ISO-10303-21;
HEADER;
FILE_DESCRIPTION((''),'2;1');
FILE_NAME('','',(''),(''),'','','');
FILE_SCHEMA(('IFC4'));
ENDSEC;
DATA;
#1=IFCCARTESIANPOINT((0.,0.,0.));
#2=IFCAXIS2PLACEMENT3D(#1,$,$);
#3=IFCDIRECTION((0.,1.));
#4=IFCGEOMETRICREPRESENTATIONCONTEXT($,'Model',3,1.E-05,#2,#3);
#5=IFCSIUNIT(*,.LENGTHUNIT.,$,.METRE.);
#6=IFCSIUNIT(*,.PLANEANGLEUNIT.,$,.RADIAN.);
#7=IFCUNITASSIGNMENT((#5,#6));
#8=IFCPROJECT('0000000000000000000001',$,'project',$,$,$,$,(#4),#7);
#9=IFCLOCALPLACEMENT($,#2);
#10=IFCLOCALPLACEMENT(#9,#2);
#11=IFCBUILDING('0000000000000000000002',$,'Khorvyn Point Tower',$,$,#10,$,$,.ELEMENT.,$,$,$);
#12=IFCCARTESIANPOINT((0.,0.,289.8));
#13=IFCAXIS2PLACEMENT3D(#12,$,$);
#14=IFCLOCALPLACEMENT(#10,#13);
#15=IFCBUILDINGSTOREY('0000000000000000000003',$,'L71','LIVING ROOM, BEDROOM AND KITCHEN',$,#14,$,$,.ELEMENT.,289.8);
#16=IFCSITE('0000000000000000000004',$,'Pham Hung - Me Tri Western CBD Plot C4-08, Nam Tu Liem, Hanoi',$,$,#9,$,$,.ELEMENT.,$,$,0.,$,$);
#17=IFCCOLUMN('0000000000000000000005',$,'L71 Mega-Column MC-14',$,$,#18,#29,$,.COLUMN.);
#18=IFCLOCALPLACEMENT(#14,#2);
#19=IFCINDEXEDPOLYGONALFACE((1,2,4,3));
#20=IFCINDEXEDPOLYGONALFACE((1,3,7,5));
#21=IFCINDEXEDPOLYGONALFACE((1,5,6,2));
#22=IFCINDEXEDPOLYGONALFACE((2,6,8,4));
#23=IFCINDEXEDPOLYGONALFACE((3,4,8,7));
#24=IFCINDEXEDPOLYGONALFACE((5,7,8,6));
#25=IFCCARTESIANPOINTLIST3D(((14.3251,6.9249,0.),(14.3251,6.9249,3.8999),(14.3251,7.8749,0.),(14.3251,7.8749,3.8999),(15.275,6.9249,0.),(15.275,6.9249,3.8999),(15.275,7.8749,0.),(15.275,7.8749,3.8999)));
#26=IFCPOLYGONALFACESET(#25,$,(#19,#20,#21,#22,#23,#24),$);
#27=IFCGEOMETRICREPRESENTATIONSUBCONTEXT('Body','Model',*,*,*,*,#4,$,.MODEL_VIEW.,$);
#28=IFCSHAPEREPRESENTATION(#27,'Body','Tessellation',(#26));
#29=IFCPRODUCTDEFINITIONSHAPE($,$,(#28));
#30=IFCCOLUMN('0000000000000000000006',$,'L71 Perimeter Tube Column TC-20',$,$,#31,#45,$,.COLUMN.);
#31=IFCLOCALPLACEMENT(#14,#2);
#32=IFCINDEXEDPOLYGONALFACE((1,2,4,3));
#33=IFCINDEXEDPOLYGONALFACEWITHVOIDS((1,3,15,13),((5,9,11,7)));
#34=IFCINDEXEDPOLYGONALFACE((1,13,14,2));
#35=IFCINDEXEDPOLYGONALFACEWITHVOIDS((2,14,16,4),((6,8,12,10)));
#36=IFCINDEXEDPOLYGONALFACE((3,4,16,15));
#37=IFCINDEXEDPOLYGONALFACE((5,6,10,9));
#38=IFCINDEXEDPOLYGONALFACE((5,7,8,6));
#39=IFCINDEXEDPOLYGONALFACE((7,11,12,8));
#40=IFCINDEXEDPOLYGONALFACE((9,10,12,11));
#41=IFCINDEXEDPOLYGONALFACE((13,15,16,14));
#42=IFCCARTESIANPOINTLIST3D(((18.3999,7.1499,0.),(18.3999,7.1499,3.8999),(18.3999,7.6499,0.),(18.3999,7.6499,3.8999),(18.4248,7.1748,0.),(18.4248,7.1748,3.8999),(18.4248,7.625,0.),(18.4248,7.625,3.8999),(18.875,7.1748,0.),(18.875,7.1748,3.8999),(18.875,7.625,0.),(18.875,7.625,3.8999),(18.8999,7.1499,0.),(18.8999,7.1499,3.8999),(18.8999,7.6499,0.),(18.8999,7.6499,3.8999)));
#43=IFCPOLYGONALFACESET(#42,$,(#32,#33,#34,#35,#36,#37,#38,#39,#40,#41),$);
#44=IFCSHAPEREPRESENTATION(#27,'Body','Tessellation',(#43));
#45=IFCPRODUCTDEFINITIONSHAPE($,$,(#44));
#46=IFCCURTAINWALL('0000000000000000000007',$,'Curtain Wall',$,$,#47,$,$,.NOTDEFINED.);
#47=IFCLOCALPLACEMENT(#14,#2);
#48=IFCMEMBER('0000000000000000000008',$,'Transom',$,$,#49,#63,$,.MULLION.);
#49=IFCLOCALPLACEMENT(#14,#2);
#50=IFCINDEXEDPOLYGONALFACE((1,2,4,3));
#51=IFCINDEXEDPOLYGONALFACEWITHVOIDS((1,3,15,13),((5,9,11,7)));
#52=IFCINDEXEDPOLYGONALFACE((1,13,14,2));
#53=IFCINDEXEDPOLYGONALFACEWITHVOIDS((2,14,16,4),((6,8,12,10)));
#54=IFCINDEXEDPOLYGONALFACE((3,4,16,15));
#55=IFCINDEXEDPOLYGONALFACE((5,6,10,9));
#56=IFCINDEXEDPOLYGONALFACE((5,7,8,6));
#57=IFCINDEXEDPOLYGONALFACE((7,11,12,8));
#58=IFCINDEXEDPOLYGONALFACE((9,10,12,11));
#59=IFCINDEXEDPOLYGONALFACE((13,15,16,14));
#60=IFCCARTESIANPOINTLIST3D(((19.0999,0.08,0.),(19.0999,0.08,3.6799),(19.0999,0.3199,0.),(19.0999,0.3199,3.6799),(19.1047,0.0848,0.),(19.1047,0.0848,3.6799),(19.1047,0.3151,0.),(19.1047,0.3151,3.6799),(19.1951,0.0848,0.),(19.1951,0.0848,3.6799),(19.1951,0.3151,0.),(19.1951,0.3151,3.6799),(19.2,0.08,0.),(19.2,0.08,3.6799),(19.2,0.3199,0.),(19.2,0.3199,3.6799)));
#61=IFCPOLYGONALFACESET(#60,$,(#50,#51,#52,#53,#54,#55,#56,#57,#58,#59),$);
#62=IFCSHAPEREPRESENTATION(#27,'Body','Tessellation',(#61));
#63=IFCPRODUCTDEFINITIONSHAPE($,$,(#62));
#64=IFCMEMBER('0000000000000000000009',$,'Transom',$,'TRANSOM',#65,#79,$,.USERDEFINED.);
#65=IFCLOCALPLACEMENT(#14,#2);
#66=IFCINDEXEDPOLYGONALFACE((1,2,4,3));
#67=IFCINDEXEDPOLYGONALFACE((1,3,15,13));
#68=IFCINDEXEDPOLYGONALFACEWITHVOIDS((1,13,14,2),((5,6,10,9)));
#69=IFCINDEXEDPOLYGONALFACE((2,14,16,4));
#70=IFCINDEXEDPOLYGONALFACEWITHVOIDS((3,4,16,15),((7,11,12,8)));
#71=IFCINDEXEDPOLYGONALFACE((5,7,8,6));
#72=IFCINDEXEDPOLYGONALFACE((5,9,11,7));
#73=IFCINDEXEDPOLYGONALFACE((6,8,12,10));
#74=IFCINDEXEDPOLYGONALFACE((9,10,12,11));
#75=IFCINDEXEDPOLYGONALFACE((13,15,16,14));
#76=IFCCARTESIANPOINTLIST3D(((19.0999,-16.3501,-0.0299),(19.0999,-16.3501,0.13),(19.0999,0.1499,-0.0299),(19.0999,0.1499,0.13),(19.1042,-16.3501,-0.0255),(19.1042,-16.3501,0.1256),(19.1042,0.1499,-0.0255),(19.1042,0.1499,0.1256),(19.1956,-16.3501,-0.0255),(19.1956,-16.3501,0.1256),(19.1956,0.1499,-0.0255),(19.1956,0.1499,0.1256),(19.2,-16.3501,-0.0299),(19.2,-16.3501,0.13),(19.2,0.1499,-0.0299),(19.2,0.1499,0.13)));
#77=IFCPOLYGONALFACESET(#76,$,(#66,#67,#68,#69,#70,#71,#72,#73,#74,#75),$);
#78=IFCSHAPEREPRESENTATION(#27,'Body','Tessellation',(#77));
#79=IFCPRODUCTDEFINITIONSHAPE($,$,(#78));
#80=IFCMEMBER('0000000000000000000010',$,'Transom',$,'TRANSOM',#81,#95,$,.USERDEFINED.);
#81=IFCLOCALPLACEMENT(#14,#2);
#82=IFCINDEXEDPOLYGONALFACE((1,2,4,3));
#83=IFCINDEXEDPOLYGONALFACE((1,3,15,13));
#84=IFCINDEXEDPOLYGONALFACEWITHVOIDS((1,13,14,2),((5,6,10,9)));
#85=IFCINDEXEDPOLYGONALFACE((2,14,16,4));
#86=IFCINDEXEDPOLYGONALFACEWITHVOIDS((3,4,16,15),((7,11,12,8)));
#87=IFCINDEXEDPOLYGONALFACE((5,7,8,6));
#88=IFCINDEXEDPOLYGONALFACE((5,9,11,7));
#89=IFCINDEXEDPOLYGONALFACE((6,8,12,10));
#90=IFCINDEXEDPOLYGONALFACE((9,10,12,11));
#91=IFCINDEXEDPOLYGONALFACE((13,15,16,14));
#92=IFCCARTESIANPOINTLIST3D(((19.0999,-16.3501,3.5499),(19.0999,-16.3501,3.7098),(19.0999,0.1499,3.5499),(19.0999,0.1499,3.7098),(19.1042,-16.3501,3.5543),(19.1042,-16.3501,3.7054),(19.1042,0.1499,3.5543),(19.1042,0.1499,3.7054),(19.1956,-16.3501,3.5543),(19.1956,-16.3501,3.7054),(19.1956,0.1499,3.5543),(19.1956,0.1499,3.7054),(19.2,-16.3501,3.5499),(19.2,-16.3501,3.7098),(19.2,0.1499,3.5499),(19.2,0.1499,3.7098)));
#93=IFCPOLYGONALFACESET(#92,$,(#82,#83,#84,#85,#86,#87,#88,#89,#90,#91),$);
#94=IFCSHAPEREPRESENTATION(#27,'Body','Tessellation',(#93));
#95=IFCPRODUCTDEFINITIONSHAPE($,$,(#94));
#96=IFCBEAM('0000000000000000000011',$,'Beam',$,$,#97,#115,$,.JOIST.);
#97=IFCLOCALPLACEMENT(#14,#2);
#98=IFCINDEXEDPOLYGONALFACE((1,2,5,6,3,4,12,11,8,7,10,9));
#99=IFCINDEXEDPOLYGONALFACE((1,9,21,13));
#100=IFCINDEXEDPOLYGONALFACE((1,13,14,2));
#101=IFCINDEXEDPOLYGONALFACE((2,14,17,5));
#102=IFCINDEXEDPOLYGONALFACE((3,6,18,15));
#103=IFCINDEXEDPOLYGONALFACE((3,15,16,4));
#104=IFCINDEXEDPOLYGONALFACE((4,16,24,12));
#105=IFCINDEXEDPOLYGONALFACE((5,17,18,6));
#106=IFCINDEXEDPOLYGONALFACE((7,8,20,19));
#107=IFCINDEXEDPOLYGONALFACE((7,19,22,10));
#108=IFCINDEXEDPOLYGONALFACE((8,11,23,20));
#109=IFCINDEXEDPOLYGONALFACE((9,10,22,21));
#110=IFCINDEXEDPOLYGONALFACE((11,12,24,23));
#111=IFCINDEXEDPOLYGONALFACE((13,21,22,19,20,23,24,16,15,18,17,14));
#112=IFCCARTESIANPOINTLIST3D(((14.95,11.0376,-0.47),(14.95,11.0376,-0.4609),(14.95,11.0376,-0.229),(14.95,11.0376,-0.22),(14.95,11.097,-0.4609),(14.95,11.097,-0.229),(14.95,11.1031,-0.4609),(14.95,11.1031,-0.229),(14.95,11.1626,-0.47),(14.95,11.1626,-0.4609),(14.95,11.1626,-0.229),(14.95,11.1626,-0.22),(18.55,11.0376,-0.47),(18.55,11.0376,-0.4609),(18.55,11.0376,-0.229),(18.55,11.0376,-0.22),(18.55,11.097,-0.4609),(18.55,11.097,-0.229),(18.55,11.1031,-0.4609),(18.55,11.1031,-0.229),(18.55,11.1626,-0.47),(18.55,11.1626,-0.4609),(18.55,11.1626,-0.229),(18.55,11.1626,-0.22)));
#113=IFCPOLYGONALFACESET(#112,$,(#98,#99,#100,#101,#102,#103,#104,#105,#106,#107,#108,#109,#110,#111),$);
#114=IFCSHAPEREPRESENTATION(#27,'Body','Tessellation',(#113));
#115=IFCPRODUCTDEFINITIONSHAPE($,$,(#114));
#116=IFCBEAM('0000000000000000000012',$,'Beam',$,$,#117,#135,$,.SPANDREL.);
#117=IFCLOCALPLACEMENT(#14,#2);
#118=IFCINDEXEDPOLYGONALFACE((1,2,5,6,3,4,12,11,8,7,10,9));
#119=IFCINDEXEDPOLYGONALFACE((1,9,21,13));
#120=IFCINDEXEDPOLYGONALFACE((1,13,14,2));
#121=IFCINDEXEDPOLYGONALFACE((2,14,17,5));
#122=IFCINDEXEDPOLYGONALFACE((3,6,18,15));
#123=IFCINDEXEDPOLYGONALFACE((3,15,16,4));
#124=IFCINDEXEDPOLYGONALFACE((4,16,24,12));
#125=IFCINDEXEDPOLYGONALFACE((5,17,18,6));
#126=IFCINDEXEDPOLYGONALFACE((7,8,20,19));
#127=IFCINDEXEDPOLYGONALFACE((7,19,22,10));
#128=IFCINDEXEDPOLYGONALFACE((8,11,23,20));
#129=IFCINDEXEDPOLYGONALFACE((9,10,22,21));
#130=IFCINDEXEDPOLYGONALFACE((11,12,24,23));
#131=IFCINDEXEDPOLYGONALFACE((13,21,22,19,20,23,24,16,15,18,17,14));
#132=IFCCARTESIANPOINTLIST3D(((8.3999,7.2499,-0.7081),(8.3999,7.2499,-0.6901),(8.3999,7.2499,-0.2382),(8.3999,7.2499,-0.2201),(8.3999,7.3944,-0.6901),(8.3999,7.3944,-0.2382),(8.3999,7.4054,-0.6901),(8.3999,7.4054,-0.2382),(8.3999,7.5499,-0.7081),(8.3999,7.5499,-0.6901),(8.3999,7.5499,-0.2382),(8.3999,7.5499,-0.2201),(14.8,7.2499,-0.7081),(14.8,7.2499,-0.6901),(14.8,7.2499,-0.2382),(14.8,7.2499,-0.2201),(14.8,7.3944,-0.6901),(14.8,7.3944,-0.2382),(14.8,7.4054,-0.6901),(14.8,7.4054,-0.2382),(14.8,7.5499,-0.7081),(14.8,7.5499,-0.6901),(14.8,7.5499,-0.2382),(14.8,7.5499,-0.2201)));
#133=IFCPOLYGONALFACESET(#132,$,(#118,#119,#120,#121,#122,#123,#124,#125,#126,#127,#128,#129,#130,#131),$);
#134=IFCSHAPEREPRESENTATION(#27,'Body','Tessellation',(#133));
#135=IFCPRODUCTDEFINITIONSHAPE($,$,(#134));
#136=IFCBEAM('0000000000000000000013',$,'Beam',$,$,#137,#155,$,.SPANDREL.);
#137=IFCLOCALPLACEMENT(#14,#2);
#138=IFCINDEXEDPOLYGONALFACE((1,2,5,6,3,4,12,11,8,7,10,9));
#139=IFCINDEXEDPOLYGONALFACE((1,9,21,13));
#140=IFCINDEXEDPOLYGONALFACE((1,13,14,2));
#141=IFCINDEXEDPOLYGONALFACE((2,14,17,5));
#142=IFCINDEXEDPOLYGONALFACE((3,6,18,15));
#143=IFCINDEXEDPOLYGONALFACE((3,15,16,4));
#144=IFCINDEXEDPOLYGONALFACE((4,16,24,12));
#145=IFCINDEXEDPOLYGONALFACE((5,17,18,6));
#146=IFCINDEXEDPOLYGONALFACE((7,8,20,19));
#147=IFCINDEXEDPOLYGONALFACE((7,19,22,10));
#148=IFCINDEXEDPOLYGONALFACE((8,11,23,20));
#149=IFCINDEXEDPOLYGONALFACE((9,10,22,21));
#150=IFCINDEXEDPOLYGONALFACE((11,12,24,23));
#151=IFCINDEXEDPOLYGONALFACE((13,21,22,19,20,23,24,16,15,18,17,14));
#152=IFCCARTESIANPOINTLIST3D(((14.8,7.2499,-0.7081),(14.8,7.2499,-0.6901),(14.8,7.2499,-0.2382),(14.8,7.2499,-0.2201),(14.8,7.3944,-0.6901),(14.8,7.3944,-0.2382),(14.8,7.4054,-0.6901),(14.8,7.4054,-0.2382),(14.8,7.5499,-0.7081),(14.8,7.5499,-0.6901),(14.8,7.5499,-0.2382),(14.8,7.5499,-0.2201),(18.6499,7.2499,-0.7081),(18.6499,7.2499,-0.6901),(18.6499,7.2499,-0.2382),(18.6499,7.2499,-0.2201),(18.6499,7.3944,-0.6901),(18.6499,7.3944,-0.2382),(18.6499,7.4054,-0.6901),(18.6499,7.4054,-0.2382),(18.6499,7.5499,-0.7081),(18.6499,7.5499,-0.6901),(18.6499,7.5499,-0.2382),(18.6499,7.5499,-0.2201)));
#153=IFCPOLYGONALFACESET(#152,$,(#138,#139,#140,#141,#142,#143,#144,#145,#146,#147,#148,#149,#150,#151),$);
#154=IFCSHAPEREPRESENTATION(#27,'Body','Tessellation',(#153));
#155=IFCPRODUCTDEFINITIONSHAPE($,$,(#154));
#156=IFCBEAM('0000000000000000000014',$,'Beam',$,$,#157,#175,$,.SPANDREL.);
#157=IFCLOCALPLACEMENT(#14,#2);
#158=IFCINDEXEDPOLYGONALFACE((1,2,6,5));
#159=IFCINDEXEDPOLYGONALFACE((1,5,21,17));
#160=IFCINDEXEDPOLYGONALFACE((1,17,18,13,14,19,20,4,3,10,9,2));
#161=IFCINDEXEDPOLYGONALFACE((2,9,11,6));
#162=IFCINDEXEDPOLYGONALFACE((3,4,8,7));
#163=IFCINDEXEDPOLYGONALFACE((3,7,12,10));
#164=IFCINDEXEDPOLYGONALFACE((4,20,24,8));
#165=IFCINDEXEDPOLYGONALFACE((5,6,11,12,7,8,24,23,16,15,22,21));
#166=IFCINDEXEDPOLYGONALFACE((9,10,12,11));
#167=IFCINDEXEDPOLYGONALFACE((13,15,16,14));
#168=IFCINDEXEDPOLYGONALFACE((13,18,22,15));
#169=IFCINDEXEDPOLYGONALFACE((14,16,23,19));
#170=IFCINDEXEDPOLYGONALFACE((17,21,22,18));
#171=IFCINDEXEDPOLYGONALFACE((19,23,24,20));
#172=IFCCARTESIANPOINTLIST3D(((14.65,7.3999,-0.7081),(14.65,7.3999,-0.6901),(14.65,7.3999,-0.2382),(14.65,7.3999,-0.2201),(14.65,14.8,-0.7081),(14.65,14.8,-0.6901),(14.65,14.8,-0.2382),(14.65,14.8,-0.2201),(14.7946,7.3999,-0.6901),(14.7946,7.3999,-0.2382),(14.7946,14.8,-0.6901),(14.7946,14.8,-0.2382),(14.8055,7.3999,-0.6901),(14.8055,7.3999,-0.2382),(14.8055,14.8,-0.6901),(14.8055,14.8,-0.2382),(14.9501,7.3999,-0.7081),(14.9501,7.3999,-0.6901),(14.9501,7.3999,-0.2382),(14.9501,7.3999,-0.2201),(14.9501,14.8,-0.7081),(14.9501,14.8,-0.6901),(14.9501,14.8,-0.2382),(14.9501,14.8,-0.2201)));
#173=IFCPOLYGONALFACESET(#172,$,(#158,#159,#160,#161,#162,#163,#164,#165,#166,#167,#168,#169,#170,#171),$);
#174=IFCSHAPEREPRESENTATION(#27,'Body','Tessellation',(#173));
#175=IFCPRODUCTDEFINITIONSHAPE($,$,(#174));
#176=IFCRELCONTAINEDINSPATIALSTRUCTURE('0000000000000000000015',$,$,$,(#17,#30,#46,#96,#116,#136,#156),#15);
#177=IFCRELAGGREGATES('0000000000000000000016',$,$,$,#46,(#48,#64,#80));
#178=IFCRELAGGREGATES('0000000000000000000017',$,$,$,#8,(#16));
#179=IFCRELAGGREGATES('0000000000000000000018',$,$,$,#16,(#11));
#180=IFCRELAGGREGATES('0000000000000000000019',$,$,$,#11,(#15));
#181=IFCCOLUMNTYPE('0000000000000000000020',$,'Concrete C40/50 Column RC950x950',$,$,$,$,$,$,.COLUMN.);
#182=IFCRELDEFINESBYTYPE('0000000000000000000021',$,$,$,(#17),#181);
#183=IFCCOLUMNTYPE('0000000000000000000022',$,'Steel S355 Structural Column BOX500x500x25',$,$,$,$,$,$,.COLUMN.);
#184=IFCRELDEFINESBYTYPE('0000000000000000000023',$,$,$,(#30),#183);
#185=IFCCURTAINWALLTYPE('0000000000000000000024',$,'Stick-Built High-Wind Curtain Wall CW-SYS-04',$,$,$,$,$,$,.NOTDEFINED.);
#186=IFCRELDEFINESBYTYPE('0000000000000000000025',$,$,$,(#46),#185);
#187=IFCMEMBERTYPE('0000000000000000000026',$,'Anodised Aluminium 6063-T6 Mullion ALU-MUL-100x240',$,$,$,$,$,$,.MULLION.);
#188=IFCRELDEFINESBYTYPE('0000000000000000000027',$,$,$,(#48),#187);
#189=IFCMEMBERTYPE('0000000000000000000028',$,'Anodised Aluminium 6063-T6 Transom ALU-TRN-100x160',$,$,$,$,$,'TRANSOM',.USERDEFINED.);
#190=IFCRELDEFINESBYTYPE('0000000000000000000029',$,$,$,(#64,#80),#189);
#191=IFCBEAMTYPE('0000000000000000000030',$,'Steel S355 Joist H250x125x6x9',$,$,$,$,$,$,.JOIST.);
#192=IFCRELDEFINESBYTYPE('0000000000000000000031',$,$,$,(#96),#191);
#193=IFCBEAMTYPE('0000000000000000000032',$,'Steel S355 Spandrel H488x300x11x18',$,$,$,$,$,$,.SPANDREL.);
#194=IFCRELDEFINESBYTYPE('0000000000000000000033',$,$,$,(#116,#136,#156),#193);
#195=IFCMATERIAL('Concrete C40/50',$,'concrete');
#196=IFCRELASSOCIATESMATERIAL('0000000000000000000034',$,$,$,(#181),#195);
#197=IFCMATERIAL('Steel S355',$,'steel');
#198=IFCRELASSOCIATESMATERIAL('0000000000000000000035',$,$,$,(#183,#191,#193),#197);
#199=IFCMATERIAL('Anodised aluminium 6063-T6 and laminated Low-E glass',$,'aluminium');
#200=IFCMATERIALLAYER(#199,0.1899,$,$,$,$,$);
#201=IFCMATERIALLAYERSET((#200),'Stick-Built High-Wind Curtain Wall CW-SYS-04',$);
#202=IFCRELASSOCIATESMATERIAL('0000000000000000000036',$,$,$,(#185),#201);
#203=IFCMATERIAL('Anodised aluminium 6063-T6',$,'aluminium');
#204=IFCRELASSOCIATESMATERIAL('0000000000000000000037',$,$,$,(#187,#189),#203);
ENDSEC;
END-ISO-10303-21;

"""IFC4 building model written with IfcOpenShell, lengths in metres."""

from ifc_helpers import new_model, si_unit, direction, frame, origin, origin_2d, place, context, subcontext, project, spatial, rectangle, hollow_rectangle, i_section, extrude, material, layer, layer_set, material_profile, profile_set, type_object, element, aggregate, save


model = new_model("IFC4")

# Units and contexts
model_context = context("Model", 3, precision=1e-05, world=origin(), true_north=direction((0.0, 1.0)))
body_context = subcontext(model_context, "Body", "Model", "MODEL_VIEW")
ifc_project = project(units=[si_unit("LENGTHUNIT", "METRE"), si_unit("PLANEANGLEUNIT", "RADIAN")], contexts=[model_context])

# Site, building, storey
site_placement = place(None, origin())
site = spatial("IfcSite", under=ifc_project, at=site_placement, Name="Pham Hung - Me Tri Western CBD Plot C4-08, Nam Tu Liem, Hanoi", CompositionType="ELEMENT", RefElevation=0.0)
building_placement = place(site_placement, origin())
building = spatial("IfcBuilding", under=site, at=building_placement, Name="Khorvyn Point Tower", CompositionType="ELEMENT")
storey_placement = place(building_placement, frame((0.0, 0.0, 289.8)))
storey = spatial("IfcBuildingStorey", under=building, at=storey_placement, Name="L71", Description="LIVING ROOM, BEDROOM AND KITCHEN", CompositionType="ELEMENT", Elevation=289.8)

# Columns
ifc_material_1 = material(Name="Concrete C40/50", Category="concrete")
ifc_material_profile_1 = material_profile(ifc_material_1, rectangle(XDim=0.95, YDim=0.95, at=origin_2d()))
ifc_profile_set_1 = profile_set([ifc_material_profile_1], Name="Concrete C40/50 RC950x950")
column_type_1 = type_object("IfcColumnType", Name="Concrete C40/50 Column RC950x950", PredefinedType="COLUMN", material=ifc_profile_set_1)
column_1_placement = place(storey_placement, frame((14.8, 7.3999, 0.0), z_axis=(0.0, 0.0, 1.0), x_axis=(1.0, 0.0, 0.0)))
element("IfcColumn", 1, at=column_1_placement, inside=storey, type_object=column_type_1, Name="L71 Mega-Column MC-14", PredefinedType="COLUMN", context=body_context, shape_type="SweptSolid", body=[
    extrude(rectangle(XDim=0.95, YDim=0.95, at=origin_2d()), origin(), (0.0, 0.0, 1.0), 3.8999),
])
ifc_material_2 = material(Name="Steel S355", Category="steel")
ifc_material_profile_2 = material_profile(ifc_material_2, hollow_rectangle(XDim=0.5, YDim=0.5, WallThickness=0.0249, at=origin_2d()))
ifc_profile_set_2 = profile_set([ifc_material_profile_2], Name="Steel S355 BOX500x500x25")
column_type_2 = type_object("IfcColumnType", Name="Steel S355 Structural Column BOX500x500x25", PredefinedType="COLUMN", material=ifc_profile_set_2)
column_2_placement = place(storey_placement, frame((18.6499, 7.3999, 0.0), z_axis=(0.0, 0.0, 1.0), x_axis=(1.0, 0.0, 0.0)))
element("IfcColumn", 2, at=column_2_placement, inside=storey, type_object=column_type_2, Name="L71 Perimeter Tube Column TC-20", PredefinedType="COLUMN", context=body_context, shape_type="SweptSolid", body=[
    extrude(hollow_rectangle(XDim=0.5, YDim=0.5, WallThickness=0.0249, at=origin_2d()), origin(), (0.0, 0.0, 1.0), 3.8999),
])

# Curtain wall, members
ifc_material_3 = material(Name="Anodised aluminium 6063-T6 and laminated Low-E glass", Category="aluminium")
ifc_layer_1 = layer(ifc_material_3, 0.1899)
ifc_layer_set_1 = layer_set([ifc_layer_1], Name="Stick-Built High-Wind Curtain Wall CW-SYS-04")
curtain_wall_type = type_object("IfcCurtainWallType", Name="Stick-Built High-Wind Curtain Wall CW-SYS-04", PredefinedType="NOTDEFINED", material=ifc_layer_set_1)
curtain_wall_placement = place(storey_placement, origin())
curtain_wall = element("IfcCurtainWall", 3, at=curtain_wall_placement, inside=storey, type_object=curtain_wall_type, Name="Curtain Wall", PredefinedType="NOTDEFINED")
ifc_material_4 = material(Name="Anodised aluminium 6063-T6", Category="aluminium")
ifc_material_profile_3 = material_profile(ifc_material_4, hollow_rectangle(XDim=0.1001, YDim=0.24, WallThickness=0.0049, at=origin_2d()))
ifc_profile_set_3 = profile_set([ifc_material_profile_3], Name="Anodised aluminium 6063-T6 ALU-MUL-100x240")
member_type_1 = type_object("IfcMemberType", Name="Anodised Aluminium 6063-T6 Mullion ALU-MUL-100x240", PredefinedType="MULLION", material=ifc_profile_set_3)
member_1_placement = place(storey_placement, frame((19.1499, 0.2, 0.0), z_axis=(0.0, 0.0, 1.0), x_axis=(1.0, 0.0, 0.0)))
member_1 = element("IfcMember", 4, at=member_1_placement, type_object=member_type_1, Name="Transom", PredefinedType="MULLION", context=body_context, shape_type="SweptSolid", body=[
    extrude(hollow_rectangle(XDim=0.1001, YDim=0.24, WallThickness=0.0049, at=origin_2d()), origin(), (0.0, 0.0, 1.0), 3.6799),
])
ifc_material_profile_4 = material_profile(ifc_material_4, hollow_rectangle(XDim=0.1001, YDim=0.1599, WallThickness=0.0044, at=origin_2d()))
ifc_profile_set_4 = profile_set([ifc_material_profile_4], Name="Anodised aluminium 6063-T6 ALU-TRN-100x160")
member_type_2 = type_object("IfcMemberType", Name="Anodised Aluminium 6063-T6 Transom ALU-TRN-100x160", ElementType="TRANSOM", PredefinedType="USERDEFINED", material=ifc_profile_set_4)
member_2_placement = place(storey_placement, frame((19.1499, 0.1499, 0.05), z_axis=(0.0, -1.0, 0.0), x_axis=(1.0, 0.0, 0.0)))
member_2 = element("IfcMember", 5, at=member_2_placement, type_object=member_type_2, Name="Transom", ObjectType="TRANSOM", PredefinedType="USERDEFINED", context=body_context, shape_type="SweptSolid", body=[
    extrude(hollow_rectangle(XDim=0.1001, YDim=0.1599, WallThickness=0.0044, at=origin_2d()), origin(), (0.0, 0.0, 1.0), 16.5),
])
member_3_placement = place(storey_placement, frame((19.1499, 0.1499, 3.6299), z_axis=(0.0, -1.0, 0.0), x_axis=(1.0, 0.0, 0.0)))
member_3 = element("IfcMember", 6, at=member_3_placement, type_object=member_type_2, Name="Transom", ObjectType="TRANSOM", PredefinedType="USERDEFINED", context=body_context, shape_type="SweptSolid", body=[
    extrude(hollow_rectangle(XDim=0.1001, YDim=0.1599, WallThickness=0.0044, at=origin_2d()), origin(), (0.0, 0.0, 1.0), 16.5),
])

# Beams
ifc_material_profile_5 = material_profile(ifc_material_2, i_section(OverallWidth=0.125, OverallDepth=0.25, WebThickness=0.0061, FlangeThickness=0.009, at=origin_2d()))
ifc_profile_set_5 = profile_set([ifc_material_profile_5], Name="Steel S355 H250x125x6x9")
beam_type_1 = type_object("IfcBeamType", Name="Steel S355 Joist H250x125x6x9", PredefinedType="JOIST", material=ifc_profile_set_5)
beam_1_placement = place(storey_placement, frame((14.95, 11.1001, -0.345), z_axis=(1.0, 0.0, 0.0), x_axis=(0.0, 1.0, 0.0)))
element("IfcBeam", 7, at=beam_1_placement, inside=storey, type_object=beam_type_1, Name="Beam", PredefinedType="JOIST", context=body_context, shape_type="SweptSolid", body=[
    extrude(i_section(OverallWidth=0.125, OverallDepth=0.25, WebThickness=0.0061, FlangeThickness=0.009, at=origin_2d()), origin(), (0.0, 0.0, 1.0), 3.6001),
])
ifc_material_profile_6 = material_profile(ifc_material_2, i_section(OverallWidth=0.3, OverallDepth=0.488, WebThickness=0.011, FlangeThickness=0.0181, at=origin_2d()))
ifc_profile_set_6 = profile_set([ifc_material_profile_6], Name="Steel S355 H488x300x11x18")
beam_type_2 = type_object("IfcBeamType", Name="Steel S355 Spandrel H488x300x11x18", PredefinedType="SPANDREL", material=ifc_profile_set_6)
beam_2_placement = place(storey_placement, frame((8.3999, 7.3999, -0.4641), z_axis=(1.0, 0.0, 0.0), x_axis=(0.0, 1.0, 0.0)))
element("IfcBeam", 8, at=beam_2_placement, inside=storey, type_object=beam_type_2, Name="Beam", PredefinedType="SPANDREL", context=body_context, shape_type="SweptSolid", body=[
    extrude(i_section(OverallWidth=0.3, OverallDepth=0.488, WebThickness=0.011, FlangeThickness=0.0181, at=origin_2d()), origin(), (0.0, 0.0, 1.0), 6.4001),
])
beam_3_placement = place(storey_placement, frame((14.8, 7.3999, -0.4641), z_axis=(1.0, 0.0, 0.0), x_axis=(0.0, 1.0, 0.0)))
element("IfcBeam", 9, at=beam_3_placement, inside=storey, type_object=beam_type_2, Name="Beam", PredefinedType="SPANDREL", context=body_context, shape_type="SweptSolid", body=[
    extrude(i_section(OverallWidth=0.3, OverallDepth=0.488, WebThickness=0.011, FlangeThickness=0.0181, at=origin_2d()), origin(), (0.0, 0.0, 1.0), 3.8499),
])
beam_4_placement = place(storey_placement, frame((14.8, 7.3999, -0.4641), z_axis=(0.0, 1.0, 0.0), x_axis=(-1.0, 0.0, 0.0)))
element("IfcBeam", 10, at=beam_4_placement, inside=storey, type_object=beam_type_2, Name="Beam", PredefinedType="SPANDREL", context=body_context, shape_type="SweptSolid", body=[
    extrude(i_section(OverallWidth=0.3, OverallDepth=0.488, WebThickness=0.011, FlangeThickness=0.0181, at=origin_2d()), origin(), (0.0, 0.0, 1.0), 7.4001),
])

aggregate(curtain_wall, [member_1, member_2, member_3])

save(model, "model.ifc")
